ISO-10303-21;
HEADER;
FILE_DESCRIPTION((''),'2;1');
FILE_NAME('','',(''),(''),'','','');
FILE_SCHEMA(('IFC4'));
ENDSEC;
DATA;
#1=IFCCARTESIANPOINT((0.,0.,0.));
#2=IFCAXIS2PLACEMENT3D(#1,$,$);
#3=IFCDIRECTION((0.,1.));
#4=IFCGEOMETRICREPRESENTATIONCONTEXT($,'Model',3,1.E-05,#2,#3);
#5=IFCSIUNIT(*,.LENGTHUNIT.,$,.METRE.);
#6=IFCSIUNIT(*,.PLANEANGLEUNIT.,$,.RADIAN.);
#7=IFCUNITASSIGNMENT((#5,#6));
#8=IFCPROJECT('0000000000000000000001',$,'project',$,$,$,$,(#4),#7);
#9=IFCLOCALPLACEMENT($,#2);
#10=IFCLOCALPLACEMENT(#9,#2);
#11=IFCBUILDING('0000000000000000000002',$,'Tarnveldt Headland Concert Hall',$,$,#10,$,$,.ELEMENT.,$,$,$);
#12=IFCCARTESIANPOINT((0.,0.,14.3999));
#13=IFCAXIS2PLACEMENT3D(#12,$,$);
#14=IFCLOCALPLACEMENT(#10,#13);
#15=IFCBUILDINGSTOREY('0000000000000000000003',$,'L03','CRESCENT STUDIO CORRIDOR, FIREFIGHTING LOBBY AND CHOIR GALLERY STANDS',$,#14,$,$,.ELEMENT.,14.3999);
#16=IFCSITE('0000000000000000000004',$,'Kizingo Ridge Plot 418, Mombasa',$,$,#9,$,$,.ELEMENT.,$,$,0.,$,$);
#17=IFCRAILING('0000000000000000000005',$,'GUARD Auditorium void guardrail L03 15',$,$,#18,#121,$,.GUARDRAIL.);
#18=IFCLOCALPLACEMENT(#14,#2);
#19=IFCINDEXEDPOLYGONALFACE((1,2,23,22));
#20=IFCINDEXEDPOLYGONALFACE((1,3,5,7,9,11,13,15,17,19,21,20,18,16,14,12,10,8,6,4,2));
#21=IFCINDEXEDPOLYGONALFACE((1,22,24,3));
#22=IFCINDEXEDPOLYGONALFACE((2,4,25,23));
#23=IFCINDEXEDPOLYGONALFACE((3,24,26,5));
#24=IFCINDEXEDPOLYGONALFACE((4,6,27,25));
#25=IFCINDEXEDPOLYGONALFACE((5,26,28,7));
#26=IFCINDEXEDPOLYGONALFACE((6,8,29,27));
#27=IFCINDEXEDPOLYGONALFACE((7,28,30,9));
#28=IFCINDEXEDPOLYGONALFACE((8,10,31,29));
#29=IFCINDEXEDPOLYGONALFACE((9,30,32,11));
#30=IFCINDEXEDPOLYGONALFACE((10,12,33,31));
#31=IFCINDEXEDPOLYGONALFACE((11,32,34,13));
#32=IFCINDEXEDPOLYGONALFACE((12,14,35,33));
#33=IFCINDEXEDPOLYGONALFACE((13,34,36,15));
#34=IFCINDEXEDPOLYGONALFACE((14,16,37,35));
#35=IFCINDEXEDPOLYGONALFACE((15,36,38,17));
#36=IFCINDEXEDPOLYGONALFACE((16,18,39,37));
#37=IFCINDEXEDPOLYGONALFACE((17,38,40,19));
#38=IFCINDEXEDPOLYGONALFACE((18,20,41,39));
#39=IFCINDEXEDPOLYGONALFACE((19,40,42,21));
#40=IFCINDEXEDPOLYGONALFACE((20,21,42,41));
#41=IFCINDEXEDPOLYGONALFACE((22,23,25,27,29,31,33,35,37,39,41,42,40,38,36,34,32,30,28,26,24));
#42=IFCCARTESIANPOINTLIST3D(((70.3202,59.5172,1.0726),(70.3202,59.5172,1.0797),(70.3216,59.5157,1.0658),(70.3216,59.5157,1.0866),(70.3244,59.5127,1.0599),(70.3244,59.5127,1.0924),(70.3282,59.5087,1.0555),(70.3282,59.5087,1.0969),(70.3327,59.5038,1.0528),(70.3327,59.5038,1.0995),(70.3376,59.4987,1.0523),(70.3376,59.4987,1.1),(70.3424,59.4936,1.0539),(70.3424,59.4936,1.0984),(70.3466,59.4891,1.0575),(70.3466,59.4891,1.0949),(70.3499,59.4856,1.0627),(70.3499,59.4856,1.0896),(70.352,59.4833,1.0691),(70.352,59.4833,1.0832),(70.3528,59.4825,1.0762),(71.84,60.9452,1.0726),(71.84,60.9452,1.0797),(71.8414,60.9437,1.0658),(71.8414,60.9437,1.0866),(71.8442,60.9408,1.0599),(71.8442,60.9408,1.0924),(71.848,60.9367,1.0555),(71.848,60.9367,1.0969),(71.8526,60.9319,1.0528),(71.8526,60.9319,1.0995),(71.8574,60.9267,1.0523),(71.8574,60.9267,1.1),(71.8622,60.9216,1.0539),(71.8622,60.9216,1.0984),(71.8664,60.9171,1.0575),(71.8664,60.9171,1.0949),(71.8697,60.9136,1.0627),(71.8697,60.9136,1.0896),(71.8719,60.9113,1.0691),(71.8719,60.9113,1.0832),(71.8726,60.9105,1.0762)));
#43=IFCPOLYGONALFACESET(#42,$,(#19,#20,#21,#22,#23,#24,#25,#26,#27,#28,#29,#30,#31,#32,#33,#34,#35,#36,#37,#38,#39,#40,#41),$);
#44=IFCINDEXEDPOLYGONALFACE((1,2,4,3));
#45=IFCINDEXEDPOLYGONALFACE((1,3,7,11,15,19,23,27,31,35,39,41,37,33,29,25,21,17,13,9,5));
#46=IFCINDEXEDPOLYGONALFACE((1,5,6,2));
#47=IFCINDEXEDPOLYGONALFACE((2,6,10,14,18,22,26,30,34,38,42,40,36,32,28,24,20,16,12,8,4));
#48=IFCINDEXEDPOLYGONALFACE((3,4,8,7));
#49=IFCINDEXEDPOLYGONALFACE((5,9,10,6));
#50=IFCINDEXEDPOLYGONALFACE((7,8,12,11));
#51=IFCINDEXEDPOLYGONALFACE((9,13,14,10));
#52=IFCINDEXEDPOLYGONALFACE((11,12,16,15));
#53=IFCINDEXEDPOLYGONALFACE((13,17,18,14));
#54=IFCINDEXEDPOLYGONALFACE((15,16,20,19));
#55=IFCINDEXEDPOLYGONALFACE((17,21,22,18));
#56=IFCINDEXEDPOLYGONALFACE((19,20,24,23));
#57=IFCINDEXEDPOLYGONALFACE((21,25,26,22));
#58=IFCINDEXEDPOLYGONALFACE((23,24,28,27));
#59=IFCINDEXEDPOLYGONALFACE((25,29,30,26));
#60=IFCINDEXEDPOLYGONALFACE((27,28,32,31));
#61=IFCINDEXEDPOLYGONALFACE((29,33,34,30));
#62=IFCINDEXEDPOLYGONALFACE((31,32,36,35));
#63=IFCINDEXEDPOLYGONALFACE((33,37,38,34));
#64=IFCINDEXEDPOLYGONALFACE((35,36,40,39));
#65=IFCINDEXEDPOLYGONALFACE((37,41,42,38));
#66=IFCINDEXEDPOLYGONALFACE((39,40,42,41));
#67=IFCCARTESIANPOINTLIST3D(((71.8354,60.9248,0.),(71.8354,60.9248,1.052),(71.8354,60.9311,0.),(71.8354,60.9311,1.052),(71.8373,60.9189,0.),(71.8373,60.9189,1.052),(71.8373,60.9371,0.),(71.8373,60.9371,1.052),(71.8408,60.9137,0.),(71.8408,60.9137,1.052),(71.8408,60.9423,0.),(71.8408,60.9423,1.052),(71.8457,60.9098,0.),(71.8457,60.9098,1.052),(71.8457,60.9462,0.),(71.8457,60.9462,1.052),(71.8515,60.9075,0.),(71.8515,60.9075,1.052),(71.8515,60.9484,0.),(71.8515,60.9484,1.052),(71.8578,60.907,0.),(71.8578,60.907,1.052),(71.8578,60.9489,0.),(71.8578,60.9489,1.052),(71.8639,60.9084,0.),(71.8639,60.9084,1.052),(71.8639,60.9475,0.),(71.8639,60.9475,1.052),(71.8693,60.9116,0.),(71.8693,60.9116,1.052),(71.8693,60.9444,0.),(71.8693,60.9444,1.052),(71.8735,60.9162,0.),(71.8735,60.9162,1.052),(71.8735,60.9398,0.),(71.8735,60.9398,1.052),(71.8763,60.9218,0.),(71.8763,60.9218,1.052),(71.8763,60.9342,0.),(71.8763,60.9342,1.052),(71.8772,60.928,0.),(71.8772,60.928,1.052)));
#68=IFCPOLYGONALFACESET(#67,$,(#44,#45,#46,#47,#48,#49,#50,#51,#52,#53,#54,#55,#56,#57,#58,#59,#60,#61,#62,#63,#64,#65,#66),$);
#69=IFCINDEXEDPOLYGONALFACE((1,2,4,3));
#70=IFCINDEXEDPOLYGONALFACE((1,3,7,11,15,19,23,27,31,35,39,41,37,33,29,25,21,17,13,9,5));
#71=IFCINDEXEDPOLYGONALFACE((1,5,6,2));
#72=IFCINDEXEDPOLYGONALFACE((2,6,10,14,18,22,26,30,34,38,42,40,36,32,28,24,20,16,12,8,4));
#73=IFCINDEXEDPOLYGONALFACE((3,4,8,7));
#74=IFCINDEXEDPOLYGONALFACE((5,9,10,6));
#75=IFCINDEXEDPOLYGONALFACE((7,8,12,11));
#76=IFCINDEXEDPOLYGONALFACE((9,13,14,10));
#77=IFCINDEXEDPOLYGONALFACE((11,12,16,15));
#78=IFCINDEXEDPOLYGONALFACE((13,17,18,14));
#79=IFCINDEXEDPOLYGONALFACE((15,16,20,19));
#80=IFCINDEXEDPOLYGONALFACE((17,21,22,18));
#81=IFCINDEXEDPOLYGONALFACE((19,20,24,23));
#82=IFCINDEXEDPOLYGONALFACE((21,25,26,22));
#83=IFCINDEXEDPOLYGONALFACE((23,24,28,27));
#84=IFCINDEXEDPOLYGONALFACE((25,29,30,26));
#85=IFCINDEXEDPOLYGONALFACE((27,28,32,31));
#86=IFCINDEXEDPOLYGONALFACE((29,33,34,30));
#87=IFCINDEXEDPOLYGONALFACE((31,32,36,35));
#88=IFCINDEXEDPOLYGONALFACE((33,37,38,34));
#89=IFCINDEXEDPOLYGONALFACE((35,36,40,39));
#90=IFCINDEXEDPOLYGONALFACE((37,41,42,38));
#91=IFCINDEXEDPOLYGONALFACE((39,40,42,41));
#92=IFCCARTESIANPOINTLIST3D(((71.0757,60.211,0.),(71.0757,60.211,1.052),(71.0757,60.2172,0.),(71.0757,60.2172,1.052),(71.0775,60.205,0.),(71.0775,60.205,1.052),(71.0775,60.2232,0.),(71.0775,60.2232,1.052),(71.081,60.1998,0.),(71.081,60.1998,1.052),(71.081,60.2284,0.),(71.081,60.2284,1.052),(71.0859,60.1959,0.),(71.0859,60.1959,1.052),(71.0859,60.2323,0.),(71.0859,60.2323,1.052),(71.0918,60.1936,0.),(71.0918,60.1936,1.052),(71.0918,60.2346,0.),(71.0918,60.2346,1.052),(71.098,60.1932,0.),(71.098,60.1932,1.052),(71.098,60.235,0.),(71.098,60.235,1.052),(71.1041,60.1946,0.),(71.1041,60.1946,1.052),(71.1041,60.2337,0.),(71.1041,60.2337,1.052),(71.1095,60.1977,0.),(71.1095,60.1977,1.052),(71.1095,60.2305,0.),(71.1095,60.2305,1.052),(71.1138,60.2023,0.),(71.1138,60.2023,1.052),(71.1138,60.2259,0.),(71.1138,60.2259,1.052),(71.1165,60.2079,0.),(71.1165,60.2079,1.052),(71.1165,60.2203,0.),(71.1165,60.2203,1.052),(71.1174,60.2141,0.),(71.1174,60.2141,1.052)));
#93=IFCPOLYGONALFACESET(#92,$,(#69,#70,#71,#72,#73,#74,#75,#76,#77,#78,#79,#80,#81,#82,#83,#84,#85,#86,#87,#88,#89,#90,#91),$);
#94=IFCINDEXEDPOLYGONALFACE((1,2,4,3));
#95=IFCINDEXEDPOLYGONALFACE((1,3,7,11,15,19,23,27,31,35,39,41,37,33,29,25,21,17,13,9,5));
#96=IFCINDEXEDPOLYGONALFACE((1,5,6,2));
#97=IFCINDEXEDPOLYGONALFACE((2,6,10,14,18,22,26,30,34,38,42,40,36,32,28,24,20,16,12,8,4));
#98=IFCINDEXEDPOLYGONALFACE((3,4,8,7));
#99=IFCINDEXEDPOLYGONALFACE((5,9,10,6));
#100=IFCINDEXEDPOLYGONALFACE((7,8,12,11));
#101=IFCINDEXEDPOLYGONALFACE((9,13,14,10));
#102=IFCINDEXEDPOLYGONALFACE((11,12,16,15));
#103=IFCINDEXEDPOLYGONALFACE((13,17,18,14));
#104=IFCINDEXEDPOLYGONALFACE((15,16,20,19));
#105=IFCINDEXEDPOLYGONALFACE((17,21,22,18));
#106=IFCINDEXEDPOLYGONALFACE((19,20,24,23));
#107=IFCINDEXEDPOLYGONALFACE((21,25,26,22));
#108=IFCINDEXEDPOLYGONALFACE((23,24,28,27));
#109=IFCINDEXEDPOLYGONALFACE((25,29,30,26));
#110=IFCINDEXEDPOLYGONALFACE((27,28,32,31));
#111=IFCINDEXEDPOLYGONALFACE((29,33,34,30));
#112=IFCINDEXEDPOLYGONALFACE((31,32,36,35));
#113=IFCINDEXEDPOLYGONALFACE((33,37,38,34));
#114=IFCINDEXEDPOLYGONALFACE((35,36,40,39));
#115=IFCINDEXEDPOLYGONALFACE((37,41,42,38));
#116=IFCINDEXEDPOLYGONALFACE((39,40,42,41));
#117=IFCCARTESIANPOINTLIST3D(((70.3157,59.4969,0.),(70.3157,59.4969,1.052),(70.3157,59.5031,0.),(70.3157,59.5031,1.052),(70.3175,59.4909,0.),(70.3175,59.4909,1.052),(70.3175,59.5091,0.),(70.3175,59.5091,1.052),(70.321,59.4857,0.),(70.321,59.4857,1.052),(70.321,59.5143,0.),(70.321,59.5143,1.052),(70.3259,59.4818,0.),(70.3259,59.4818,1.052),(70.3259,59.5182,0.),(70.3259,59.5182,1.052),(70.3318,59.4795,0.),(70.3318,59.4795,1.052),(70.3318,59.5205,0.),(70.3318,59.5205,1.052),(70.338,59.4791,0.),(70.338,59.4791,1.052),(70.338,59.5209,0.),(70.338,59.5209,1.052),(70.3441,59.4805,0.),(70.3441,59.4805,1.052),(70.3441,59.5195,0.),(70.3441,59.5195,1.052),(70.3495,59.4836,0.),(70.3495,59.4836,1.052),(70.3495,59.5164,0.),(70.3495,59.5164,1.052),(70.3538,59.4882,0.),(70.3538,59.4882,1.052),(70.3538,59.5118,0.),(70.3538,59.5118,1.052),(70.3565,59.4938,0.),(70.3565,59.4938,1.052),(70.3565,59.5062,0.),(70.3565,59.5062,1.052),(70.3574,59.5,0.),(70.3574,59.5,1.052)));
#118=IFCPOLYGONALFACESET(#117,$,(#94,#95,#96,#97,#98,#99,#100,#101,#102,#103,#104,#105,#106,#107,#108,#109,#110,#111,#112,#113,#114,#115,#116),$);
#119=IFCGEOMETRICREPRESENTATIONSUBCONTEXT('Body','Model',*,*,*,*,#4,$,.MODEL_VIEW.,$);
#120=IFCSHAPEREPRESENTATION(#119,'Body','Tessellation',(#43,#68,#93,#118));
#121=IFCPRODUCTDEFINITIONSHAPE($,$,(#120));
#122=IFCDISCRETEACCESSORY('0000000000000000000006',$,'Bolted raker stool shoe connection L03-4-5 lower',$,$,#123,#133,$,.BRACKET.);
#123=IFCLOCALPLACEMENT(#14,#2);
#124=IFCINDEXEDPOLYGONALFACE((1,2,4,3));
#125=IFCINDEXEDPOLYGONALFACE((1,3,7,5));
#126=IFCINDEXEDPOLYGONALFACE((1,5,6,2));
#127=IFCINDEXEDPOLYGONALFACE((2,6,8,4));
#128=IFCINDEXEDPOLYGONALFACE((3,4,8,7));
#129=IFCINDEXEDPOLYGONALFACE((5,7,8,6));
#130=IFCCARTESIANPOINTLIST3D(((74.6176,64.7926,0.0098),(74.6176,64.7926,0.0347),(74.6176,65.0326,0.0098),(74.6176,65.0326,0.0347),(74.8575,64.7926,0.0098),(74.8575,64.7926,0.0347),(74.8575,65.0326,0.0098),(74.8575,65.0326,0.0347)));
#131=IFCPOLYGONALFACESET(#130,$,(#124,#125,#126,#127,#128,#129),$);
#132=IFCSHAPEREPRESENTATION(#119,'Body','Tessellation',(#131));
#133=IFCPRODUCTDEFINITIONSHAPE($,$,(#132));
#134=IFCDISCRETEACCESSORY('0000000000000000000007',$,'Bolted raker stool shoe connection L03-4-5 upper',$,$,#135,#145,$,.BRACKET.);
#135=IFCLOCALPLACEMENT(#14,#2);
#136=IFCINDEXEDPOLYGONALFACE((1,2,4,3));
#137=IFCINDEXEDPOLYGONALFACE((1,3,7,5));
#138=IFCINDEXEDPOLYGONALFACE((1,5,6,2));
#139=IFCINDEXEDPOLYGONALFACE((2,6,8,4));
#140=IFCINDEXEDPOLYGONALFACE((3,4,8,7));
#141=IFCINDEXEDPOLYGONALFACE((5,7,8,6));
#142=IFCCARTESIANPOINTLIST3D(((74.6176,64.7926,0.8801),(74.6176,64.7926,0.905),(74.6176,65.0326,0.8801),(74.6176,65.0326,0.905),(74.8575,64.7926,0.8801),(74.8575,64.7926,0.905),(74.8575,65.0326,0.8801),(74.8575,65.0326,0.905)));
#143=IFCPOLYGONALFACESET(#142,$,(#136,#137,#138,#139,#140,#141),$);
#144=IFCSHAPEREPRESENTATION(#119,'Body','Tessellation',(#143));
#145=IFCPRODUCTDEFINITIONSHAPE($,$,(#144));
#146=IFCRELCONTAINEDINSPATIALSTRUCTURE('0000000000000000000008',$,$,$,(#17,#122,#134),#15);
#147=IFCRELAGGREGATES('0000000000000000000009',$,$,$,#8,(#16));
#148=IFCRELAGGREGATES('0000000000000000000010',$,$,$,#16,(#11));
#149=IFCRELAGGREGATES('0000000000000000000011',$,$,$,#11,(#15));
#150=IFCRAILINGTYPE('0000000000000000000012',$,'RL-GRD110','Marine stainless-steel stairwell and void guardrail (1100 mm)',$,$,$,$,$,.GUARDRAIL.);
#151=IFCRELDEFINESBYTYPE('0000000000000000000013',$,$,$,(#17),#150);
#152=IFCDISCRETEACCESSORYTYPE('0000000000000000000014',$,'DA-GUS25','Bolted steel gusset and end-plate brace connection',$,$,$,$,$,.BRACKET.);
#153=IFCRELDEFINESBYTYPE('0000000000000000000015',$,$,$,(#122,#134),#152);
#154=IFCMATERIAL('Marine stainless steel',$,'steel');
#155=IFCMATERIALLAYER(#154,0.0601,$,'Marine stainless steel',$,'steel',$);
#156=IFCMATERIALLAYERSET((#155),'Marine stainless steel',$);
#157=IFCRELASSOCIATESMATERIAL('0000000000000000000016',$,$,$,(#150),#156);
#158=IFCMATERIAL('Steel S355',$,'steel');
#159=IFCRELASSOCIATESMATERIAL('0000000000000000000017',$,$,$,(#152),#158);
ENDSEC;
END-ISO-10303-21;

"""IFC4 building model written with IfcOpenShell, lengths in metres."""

from ifc_helpers import new_model, si_unit, direction, frame, origin, origin_2d, place, context, subcontext, project, spatial, rectangle, circle, extrude, material, layer, layer_set, type_object, element, save


model = new_model("IFC4")

# Units and contexts
model_context = context("Model", 3, precision=1e-05, world=origin(), true_north=direction((0.0, 1.0)))
body_context = subcontext(model_context, "Body", "Model", "MODEL_VIEW")
ifc_project = project(units=[si_unit("LENGTHUNIT", "METRE"), si_unit("PLANEANGLEUNIT", "RADIAN")], contexts=[model_context])

# Site, building, storey
site_placement = place(None, origin())
site = spatial("IfcSite", under=ifc_project, at=site_placement, Name="Kizingo Ridge Plot 418, Mombasa", CompositionType="ELEMENT", RefElevation=0.0)
building_placement = place(site_placement, origin())
building = spatial("IfcBuilding", under=site, at=building_placement, Name="Tarnveldt Headland Concert Hall", CompositionType="ELEMENT")
storey_placement = place(building_placement, frame((0.0, 0.0, 14.3999)))
storey = spatial("IfcBuildingStorey", under=building, at=storey_placement, Name="L03", Description="CRESCENT STUDIO CORRIDOR, FIREFIGHTING LOBBY AND CHOIR GALLERY STANDS", CompositionType="ELEMENT", Elevation=14.3999)

# Shared definitions
ifc_material_1 = material(Name="Steel S355", Category="steel")

# Railing
ifc_material_2 = material(Name="Marine stainless steel", Category="steel")
ifc_layer_1 = layer(ifc_material_2, 0.0601, Name="Marine stainless steel", Category="steel")
ifc_layer_set_1 = layer_set([ifc_layer_1], Name="Marine stainless steel")
railing_type = type_object("IfcRailingType", Name="RL-GRD110", Description="Marine stainless-steel stairwell and void guardrail (1100 mm)", PredefinedType="GUARDRAIL", material=ifc_layer_set_1)
railing_1_placement = place(storey_placement, frame((71.8562, 60.928, 0.0)))
element("IfcRailing", 1, at=railing_1_placement, inside=storey, type_object=railing_type, Name="GUARD Auditorium void guardrail L03 15", PredefinedType="GUARDRAIL", context=body_context, shape_type="SweptSolid", body=[
    extrude(circle(Radius=0.0239, at=origin_2d()), frame((0.0, 0.0, 1.0762), z_axis=(-0.728774, -0.684755, 0.0), x_axis=(0.684755, -0.728774, 0.0)), (0.0, 0.0, 1.0), 2.0854),
    extrude(circle(Radius=0.021, at=origin_2d()), origin(), (0.0, 0.0, 1.0), 1.052),
    extrude(circle(Radius=0.021, at=origin_2d()), frame((-0.7598, -0.7139, 0.0)), (0.0, 0.0, 1.0), 1.052),
    extrude(circle(Radius=0.021, at=origin_2d()), frame((-1.5198, -1.428, 0.0)), (0.0, 0.0, 1.0), 1.052),
])

# Discrete accessories
discrete_accessory_type = type_object("IfcDiscreteAccessoryType", Name="DA-GUS25", Description="Bolted steel gusset and end-plate brace connection", PredefinedType="BRACKET", material=ifc_material_1)
for number, where, z_axis, x_axis, name in (
    (2, (74.7375, 64.9126, 0.0098), (0.0, 0.0, 1.0), (1.0, 0.0, 0.0), "Bolted raker stool shoe connection L03-4-5 lower"),
    (3, (74.7375, 64.9126, 0.8801), (0.0, 0.0, 1.0), (1.0, 0.0, 0.0), "Bolted raker stool shoe connection L03-4-5 upper"),
):
    element("IfcDiscreteAccessory", number, at=place(storey_placement, frame(where, z_axis=z_axis, x_axis=x_axis)), inside=storey, type_object=discrete_accessory_type, Name=name, PredefinedType="BRACKET", context=body_context, shape_type="SweptSolid", body=[
        extrude(rectangle(XDim=0.24, YDim=0.24, at=origin_2d()), origin(), (0.0, 0.0, 1.0), 0.0249),
    ])

save(model, "model.ifc")
